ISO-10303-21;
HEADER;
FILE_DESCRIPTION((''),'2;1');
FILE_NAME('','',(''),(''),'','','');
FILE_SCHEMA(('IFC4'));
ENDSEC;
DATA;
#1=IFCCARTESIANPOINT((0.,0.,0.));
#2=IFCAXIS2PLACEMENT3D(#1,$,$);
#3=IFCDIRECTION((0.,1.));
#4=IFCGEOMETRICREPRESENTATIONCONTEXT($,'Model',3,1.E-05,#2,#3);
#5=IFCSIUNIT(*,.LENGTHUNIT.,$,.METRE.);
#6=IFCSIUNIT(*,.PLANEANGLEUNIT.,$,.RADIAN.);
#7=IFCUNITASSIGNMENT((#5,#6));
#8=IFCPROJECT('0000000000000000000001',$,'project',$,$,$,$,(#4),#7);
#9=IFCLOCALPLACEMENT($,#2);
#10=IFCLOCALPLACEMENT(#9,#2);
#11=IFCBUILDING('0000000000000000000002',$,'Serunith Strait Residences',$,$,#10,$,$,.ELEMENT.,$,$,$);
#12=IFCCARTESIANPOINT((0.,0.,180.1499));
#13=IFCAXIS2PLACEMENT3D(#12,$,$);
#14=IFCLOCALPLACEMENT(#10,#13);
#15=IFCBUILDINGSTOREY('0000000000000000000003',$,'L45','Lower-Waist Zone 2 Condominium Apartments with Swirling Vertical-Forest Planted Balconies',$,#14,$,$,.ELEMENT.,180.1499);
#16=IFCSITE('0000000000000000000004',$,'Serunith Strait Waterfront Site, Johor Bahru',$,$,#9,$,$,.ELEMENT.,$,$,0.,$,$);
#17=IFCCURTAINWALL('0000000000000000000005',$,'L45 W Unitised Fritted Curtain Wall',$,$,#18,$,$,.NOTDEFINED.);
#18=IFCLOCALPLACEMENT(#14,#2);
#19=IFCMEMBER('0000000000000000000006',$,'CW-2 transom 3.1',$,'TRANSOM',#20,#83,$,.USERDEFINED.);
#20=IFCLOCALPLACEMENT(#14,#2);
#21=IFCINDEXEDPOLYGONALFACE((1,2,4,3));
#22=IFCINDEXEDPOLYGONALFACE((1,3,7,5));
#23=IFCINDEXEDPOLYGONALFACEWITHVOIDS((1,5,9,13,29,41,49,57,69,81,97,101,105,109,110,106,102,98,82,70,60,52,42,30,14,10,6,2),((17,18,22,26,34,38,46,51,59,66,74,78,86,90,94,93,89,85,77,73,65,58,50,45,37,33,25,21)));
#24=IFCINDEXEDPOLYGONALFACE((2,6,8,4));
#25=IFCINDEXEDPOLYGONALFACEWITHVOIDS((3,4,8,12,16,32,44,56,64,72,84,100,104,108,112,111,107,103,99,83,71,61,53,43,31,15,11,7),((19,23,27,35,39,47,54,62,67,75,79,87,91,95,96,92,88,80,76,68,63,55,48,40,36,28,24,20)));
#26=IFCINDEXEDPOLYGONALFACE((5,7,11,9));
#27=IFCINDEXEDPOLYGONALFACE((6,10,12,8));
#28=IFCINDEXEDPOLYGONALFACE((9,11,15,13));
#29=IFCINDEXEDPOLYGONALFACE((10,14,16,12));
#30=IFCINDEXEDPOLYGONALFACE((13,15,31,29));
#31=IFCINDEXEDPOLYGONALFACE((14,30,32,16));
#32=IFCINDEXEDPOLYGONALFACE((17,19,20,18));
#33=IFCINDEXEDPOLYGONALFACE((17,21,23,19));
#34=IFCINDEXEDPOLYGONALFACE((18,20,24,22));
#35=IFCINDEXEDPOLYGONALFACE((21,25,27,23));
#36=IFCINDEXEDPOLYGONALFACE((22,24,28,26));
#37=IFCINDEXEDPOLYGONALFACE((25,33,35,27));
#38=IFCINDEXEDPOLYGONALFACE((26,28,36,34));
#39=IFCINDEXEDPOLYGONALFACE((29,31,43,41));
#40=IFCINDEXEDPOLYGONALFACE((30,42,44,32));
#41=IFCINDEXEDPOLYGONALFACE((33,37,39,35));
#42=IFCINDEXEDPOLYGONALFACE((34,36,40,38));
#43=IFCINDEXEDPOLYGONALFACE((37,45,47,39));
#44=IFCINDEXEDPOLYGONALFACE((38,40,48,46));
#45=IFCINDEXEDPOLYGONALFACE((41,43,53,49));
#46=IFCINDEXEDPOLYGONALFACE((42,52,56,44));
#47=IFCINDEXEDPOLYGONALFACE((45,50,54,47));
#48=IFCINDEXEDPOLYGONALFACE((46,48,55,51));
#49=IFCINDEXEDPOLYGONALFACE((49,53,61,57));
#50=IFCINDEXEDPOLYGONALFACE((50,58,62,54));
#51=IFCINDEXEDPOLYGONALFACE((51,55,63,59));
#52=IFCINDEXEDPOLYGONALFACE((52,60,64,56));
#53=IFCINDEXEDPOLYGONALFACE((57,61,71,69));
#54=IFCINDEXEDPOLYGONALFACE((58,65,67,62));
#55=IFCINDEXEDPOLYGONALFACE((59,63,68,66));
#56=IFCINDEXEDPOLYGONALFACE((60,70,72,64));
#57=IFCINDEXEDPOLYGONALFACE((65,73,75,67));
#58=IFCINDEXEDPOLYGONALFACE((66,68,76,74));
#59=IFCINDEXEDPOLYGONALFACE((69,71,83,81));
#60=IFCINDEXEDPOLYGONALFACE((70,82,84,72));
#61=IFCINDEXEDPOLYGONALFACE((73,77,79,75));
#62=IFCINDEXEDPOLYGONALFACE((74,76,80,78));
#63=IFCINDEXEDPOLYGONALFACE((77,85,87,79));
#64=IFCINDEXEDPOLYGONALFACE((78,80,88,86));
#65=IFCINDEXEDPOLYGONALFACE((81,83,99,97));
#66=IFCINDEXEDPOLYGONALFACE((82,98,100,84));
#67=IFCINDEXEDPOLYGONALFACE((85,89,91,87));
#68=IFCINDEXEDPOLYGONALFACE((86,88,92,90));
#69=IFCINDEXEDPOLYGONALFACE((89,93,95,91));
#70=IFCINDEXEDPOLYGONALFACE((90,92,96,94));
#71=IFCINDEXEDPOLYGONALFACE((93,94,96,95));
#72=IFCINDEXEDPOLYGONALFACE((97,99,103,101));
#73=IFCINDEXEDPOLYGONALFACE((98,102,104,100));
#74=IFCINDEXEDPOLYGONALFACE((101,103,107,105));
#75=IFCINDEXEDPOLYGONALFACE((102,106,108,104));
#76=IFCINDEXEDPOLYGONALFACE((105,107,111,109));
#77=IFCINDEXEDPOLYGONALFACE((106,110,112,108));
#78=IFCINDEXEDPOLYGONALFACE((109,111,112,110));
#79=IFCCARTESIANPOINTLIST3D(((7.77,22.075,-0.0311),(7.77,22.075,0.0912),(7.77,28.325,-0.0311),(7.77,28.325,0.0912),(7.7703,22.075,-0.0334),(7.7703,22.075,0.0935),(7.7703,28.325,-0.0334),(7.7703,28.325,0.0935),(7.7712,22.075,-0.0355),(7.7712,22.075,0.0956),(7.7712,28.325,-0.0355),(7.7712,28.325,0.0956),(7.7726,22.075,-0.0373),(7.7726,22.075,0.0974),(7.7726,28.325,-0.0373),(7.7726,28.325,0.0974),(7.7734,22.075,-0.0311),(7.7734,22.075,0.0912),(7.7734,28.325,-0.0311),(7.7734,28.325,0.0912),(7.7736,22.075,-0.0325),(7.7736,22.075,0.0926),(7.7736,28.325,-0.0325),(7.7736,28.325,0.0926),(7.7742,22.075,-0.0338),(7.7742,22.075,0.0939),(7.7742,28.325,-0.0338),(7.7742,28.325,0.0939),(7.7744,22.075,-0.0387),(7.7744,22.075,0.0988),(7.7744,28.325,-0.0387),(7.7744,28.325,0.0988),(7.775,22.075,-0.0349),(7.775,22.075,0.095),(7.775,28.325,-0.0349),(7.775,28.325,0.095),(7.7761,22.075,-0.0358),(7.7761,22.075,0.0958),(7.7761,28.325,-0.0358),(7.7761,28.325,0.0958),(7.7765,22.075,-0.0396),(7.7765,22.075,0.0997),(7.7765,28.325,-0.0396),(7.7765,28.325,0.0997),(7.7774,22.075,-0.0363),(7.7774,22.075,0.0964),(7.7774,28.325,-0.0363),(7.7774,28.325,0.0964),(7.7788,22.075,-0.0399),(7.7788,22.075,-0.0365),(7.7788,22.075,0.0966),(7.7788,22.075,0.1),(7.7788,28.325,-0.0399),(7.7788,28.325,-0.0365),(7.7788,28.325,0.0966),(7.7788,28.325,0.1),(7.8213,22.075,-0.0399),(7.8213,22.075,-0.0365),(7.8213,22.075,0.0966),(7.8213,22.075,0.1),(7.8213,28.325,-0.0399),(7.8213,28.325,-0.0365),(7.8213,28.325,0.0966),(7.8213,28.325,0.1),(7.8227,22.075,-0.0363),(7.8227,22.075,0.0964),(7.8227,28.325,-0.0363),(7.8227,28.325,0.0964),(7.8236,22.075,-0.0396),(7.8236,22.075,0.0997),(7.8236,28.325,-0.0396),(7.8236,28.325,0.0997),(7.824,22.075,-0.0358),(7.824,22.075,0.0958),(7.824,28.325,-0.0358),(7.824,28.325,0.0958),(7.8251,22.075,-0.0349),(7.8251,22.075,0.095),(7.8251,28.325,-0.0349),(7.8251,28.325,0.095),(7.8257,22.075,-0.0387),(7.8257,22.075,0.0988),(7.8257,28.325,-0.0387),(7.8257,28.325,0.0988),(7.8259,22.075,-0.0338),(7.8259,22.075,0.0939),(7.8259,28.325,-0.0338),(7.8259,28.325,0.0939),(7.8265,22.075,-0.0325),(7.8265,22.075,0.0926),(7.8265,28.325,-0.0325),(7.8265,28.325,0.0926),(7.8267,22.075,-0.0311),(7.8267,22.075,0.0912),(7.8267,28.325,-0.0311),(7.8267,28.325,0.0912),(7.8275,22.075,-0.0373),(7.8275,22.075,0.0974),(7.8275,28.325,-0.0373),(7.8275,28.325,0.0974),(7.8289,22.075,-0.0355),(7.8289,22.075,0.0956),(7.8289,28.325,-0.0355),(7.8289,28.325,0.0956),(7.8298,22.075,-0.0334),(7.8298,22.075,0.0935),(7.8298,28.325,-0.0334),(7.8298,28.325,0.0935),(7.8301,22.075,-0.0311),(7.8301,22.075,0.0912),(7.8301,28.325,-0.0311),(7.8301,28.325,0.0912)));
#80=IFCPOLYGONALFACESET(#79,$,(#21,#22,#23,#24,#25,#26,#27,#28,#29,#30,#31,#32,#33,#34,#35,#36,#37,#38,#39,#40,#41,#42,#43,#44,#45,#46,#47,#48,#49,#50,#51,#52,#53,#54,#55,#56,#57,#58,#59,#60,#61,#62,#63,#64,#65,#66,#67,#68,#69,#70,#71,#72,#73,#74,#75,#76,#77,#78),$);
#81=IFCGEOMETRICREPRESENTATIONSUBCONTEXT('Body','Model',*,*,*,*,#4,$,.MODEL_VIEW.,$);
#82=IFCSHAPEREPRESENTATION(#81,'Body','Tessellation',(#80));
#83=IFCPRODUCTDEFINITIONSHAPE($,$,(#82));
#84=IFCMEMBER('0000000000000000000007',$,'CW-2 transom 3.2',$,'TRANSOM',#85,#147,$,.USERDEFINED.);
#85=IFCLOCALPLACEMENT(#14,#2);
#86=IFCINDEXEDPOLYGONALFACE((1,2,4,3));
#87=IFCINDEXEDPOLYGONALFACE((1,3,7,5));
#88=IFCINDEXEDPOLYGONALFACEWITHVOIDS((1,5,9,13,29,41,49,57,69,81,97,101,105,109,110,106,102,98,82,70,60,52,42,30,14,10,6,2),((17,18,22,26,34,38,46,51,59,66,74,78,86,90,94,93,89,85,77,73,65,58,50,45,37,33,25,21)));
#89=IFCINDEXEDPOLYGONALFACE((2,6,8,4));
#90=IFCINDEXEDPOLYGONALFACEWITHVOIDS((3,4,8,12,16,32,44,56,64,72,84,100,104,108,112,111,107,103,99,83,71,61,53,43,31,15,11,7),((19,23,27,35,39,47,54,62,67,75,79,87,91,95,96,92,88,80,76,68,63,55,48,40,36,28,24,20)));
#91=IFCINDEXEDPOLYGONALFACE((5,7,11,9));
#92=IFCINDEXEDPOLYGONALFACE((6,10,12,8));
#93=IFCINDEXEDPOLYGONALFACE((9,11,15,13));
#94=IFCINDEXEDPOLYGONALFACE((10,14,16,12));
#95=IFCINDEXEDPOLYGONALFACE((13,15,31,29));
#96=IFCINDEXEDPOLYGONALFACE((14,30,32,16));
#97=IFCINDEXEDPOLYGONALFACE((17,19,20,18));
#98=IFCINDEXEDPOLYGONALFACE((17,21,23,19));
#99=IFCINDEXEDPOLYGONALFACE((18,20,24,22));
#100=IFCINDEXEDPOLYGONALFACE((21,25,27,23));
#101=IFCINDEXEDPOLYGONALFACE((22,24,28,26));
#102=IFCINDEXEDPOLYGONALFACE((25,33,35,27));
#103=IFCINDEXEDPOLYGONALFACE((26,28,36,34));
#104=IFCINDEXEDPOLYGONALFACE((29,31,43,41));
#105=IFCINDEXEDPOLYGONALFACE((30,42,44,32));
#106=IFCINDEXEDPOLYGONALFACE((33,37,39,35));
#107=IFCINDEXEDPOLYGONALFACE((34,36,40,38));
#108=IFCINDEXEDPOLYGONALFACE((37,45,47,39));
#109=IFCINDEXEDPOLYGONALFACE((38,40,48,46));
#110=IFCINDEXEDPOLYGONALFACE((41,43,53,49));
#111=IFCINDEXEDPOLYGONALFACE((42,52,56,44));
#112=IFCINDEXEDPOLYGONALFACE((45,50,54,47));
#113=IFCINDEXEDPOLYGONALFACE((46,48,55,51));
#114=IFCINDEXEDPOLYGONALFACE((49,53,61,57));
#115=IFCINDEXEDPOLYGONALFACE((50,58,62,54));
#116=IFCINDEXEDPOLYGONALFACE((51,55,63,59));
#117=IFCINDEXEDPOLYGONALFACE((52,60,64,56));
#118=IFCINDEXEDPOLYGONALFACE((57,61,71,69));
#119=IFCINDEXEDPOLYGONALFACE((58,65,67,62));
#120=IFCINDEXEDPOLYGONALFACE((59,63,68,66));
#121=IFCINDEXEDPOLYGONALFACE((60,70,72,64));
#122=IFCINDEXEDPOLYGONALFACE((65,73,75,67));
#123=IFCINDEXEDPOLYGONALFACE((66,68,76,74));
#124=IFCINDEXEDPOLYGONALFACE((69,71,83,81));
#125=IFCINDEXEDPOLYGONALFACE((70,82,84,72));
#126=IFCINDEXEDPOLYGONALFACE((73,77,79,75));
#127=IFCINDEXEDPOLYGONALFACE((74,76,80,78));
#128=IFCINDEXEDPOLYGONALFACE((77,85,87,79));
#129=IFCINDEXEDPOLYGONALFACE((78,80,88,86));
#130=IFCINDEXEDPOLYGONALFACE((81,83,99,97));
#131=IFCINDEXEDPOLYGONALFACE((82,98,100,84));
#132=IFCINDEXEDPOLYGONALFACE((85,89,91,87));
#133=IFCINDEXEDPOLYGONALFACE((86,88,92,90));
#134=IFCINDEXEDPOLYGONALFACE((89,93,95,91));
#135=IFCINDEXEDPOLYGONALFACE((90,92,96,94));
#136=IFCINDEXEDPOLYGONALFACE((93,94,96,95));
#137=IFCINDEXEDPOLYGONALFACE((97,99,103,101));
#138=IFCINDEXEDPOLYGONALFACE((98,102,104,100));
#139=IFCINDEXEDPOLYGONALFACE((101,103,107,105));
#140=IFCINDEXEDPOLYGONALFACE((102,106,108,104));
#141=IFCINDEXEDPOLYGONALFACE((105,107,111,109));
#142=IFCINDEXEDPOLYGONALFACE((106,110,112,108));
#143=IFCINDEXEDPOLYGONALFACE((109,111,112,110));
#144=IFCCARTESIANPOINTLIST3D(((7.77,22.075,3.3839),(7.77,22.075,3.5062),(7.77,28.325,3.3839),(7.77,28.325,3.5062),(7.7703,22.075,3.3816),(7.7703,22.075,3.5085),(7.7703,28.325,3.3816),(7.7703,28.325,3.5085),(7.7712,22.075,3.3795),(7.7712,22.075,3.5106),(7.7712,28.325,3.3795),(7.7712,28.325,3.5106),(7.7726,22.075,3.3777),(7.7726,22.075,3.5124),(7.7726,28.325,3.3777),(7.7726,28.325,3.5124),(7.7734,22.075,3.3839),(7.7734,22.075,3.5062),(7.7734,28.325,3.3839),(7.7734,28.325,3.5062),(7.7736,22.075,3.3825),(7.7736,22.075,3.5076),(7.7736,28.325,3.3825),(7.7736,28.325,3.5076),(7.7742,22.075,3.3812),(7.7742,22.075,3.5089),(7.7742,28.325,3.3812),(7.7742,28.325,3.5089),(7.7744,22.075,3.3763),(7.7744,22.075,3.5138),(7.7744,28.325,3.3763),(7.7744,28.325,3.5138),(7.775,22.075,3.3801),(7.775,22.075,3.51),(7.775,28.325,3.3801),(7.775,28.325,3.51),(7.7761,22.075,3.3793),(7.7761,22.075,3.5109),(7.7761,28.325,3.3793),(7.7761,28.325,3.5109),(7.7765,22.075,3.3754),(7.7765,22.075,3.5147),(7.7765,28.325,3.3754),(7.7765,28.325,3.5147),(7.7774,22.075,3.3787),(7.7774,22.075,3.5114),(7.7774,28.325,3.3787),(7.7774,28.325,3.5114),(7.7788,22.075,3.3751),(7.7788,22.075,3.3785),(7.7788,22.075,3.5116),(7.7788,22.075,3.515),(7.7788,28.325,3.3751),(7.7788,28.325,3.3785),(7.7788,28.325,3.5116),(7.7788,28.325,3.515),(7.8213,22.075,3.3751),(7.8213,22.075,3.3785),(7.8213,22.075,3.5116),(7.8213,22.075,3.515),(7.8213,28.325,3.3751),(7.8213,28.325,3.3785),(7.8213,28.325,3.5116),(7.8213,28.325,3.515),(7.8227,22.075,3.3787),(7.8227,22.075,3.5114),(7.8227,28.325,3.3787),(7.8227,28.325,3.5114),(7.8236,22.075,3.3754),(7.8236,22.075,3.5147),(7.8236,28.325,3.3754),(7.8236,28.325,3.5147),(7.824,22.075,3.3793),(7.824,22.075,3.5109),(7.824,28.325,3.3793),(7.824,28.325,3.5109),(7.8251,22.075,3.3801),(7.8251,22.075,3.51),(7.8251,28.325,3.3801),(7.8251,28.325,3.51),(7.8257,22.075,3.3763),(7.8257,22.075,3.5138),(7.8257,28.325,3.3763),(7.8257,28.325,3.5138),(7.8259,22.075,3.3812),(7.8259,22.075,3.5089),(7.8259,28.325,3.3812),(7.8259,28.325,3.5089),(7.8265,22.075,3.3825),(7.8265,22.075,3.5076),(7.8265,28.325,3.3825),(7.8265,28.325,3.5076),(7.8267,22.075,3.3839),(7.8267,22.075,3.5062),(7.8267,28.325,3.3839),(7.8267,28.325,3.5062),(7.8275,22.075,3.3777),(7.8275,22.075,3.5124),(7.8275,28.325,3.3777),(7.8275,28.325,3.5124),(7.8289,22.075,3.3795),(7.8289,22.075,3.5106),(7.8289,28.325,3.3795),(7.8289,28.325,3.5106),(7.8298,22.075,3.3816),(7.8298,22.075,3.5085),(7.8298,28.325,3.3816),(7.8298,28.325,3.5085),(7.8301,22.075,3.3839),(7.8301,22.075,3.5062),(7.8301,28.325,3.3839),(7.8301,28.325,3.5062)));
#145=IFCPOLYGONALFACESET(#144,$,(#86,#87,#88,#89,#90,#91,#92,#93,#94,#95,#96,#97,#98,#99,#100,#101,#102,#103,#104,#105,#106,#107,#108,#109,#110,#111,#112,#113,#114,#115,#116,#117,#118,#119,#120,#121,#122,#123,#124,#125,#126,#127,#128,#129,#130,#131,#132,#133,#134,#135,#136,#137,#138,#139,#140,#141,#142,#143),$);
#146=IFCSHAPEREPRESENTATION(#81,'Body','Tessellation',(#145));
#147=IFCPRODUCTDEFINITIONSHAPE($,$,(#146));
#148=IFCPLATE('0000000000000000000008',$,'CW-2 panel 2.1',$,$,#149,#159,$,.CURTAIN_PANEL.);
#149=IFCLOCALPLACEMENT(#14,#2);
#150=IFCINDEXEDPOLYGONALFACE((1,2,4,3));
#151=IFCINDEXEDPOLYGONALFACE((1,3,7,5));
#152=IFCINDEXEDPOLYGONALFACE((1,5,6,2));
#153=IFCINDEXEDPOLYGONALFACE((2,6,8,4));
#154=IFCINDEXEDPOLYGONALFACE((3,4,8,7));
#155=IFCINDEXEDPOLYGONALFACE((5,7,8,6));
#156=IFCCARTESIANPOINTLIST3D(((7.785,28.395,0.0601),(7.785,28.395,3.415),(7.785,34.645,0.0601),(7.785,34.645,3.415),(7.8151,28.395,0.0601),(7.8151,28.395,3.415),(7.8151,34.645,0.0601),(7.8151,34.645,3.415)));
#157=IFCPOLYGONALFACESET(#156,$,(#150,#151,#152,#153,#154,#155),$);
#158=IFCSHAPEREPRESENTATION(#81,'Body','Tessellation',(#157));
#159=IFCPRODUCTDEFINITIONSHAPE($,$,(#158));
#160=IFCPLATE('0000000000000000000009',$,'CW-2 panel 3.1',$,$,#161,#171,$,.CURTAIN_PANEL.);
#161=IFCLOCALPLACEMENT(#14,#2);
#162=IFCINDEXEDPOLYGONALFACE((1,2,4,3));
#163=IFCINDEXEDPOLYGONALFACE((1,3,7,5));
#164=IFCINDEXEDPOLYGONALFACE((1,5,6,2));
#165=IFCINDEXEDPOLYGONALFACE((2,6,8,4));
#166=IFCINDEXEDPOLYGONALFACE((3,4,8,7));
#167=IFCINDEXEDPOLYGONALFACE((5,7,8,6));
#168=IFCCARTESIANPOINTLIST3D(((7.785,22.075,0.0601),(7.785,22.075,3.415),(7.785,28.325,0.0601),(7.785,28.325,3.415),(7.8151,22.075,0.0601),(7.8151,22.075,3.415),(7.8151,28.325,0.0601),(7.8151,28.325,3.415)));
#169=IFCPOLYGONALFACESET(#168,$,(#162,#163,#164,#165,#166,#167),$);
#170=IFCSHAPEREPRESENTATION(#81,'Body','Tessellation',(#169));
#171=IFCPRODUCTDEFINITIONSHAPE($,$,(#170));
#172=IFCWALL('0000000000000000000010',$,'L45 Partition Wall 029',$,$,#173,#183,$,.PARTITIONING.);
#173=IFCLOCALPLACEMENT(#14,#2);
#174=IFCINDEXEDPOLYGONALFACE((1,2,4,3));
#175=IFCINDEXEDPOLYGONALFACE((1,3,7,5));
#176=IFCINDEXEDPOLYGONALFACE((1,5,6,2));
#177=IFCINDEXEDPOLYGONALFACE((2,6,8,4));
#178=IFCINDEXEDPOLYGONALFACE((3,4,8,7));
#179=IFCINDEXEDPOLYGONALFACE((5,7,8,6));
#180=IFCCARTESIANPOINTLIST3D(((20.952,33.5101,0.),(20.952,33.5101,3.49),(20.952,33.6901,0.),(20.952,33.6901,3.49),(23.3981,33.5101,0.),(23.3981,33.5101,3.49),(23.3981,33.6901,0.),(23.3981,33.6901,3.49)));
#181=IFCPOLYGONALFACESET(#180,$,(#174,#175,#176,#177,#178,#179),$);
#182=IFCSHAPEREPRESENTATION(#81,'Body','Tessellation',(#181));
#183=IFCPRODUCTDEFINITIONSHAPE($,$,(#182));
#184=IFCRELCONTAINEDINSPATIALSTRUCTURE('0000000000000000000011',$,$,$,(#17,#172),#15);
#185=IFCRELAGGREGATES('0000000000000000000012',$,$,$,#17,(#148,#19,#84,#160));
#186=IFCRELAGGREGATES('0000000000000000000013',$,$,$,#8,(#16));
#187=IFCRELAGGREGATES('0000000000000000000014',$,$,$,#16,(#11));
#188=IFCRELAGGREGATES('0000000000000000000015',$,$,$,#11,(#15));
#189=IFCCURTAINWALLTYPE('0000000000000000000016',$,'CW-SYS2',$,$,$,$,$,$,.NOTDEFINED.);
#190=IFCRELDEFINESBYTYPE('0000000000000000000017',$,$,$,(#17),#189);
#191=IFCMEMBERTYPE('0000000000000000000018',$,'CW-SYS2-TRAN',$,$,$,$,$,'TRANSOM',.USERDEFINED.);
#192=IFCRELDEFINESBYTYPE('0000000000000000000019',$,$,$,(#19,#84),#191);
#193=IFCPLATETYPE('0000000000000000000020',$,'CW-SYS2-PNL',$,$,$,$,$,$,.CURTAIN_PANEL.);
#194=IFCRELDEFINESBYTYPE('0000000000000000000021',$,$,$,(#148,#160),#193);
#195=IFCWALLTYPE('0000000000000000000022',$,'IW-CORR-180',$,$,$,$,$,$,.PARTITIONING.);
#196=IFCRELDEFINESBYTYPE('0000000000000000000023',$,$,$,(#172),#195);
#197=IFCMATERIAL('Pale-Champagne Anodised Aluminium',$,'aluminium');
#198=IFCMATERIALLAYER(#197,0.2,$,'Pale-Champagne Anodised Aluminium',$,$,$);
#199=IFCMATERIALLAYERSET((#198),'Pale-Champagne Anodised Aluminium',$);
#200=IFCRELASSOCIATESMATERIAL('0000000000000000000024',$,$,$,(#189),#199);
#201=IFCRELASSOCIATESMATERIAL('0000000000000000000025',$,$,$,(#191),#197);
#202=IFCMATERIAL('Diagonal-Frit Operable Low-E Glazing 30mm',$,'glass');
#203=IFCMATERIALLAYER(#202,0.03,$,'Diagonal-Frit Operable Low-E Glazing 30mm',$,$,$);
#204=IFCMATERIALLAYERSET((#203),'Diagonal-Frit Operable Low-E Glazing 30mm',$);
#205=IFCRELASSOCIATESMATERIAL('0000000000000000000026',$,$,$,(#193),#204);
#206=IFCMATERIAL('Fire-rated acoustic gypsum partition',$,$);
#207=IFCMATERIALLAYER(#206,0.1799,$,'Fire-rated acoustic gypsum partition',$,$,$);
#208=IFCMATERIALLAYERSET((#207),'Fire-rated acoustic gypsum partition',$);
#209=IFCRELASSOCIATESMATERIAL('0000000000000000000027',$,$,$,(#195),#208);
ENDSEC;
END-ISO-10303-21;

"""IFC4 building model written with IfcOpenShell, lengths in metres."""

from ifc_helpers import new_model, si_unit, direction, frame, frame_2d, origin, origin_2d, place, context, subcontext, project, spatial, rectangle, hollow_rectangle, extrude, source, transform, mapped, material, layer, layer_set, material_profile, profile_set, type_object, element, aggregate, save


model = new_model("IFC4")

# Units and contexts
model_context = context("Model", 3, precision=1e-05, world=origin(), true_north=direction((0.0, 1.0)))
body_context = subcontext(model_context, "Body", "Model", "MODEL_VIEW")
ifc_project = project(units=[si_unit("LENGTHUNIT", "METRE"), si_unit("PLANEANGLEUNIT", "RADIAN")], contexts=[model_context])

# Site, building, storey
site_placement = place(None, origin())
site = spatial("IfcSite", under=ifc_project, at=site_placement, Name="Serunith Strait Waterfront Site, Johor Bahru", CompositionType="ELEMENT", RefElevation=0.0)
building_placement = place(site_placement, origin())
building = spatial("IfcBuilding", under=site, at=building_placement, Name="Serunith Strait Residences", CompositionType="ELEMENT")
storey_placement = place(building_placement, frame((0.0, 0.0, 180.1499)))
storey = spatial("IfcBuildingStorey", under=building, at=storey_placement, Name="L45", Description="Lower-Waist Zone 2 Condominium Apartments with Swirling Vertical-Forest Planted Balconies", CompositionType="ELEMENT", Elevation=180.1499)

# Curtain wall, members, plates
ifc_material_1 = material(Name="Pale-Champagne Anodised Aluminium", Category="aluminium")
ifc_layer_1 = layer(ifc_material_1, 0.2, Name="Pale-Champagne Anodised Aluminium")
ifc_layer_set_1 = layer_set([ifc_layer_1], Name="Pale-Champagne Anodised Aluminium")
curtain_wall_type = type_object("IfcCurtainWallType", Name="CW-SYS2", PredefinedType="NOTDEFINED", material=ifc_layer_set_1)
curtain_wall_placement = place(storey_placement, origin())
curtain_wall = element("IfcCurtainWall", 1, at=curtain_wall_placement, inside=storey, type_object=curtain_wall_type, Name="L45 W Unitised Fritted Curtain Wall", PredefinedType="NOTDEFINED")
ifc_material_profile_1 = material_profile(ifc_material_1, hollow_rectangle(XDim=0.0601, YDim=0.1399, WallThickness=0.0034, InnerFilletRadius=0.0054, OuterFilletRadius=0.0088, at=origin_2d()), Name="ALU 140x60x3.5")
ifc_profile_set_1 = profile_set([ifc_material_profile_1], Name="Pale-Champagne Anodised Aluminium")
member_type_1 = type_object("IfcMemberType", Name="CW-SYS2-TRAN", ElementType="TRANSOM", PredefinedType="USERDEFINED", material=ifc_profile_set_1)
shared_shape_1 = source(origin(), body_context, "Body", "SweptSolid", [
    extrude(hollow_rectangle(XDim=0.0601, YDim=0.1399, WallThickness=0.0034, InnerFilletRadius=0.0054, OuterFilletRadius=0.0088, at=origin_2d()), origin(), (0.0, 0.0, 1.0), 6.25),
])
member_1_placement = place(storey_placement, frame((7.8, 28.325, 0.03), z_axis=(0.0, -1.0, 0.0), x_axis=(1.0, 0.0, 0.0)))
member_1 = element("IfcMember", 2, at=member_1_placement, type_object=member_type_1, Name="CW-2 transom 3.1", ObjectType="TRANSOM", PredefinedType="USERDEFINED", context=body_context, shape_type="MappedRepresentation", body=[
    mapped(shared_shape_1, transform((0.0, 0.0, 0.0), scale=1.0)),
])
member_2_placement = place(storey_placement, frame((7.8, 28.325, 3.4451), z_axis=(0.0, -1.0, 0.0), x_axis=(1.0, 0.0, 0.0)))
member_2 = element("IfcMember", 3, at=member_2_placement, type_object=member_type_1, Name="CW-2 transom 3.2", ObjectType="TRANSOM", PredefinedType="USERDEFINED", context=body_context, shape_type="MappedRepresentation", body=[
    mapped(shared_shape_1, transform((0.0, 0.0, 0.0), scale=1.0)),
])
ifc_material_2 = material(Name="Diagonal-Frit Operable Low-E Glazing 30mm", Category="glass")
ifc_layer_2 = layer(ifc_material_2, 0.03, Name="Diagonal-Frit Operable Low-E Glazing 30mm")
ifc_layer_set_2 = layer_set([ifc_layer_2], Name="Diagonal-Frit Operable Low-E Glazing 30mm")
plate_type = type_object("IfcPlateType", Name="CW-SYS2-PNL", PredefinedType="CURTAIN_PANEL", material=ifc_layer_set_2)
shared_shape_2 = source(origin(), body_context, "Body", "SweptSolid", [
    extrude(rectangle(XDim=6.25, YDim=0.03, at=origin_2d()), origin(), (0.0, 0.0, 1.0), 3.355),
])
plate_1_placement = place(storey_placement, frame((7.8, 31.52, 0.0601), z_axis=(0.0, 0.0, 1.0), x_axis=(0.0, -1.0, 0.0)))
plate_1 = element("IfcPlate", 4, at=plate_1_placement, type_object=plate_type, Name="CW-2 panel 2.1", PredefinedType="CURTAIN_PANEL", context=body_context, shape_type="MappedRepresentation", body=[
    mapped(shared_shape_2, transform((0.0, 0.0, 0.0), scale=1.0)),
])
plate_2_placement = place(storey_placement, frame((7.8, 25.2, 0.0601), z_axis=(0.0, 0.0, 1.0), x_axis=(0.0, -1.0, 0.0)))
plate_2 = element("IfcPlate", 5, at=plate_2_placement, type_object=plate_type, Name="CW-2 panel 3.1", PredefinedType="CURTAIN_PANEL", context=body_context, shape_type="MappedRepresentation", body=[
    mapped(shared_shape_2, transform((0.0, 0.0, 0.0), scale=1.0)),
])
aggregate(curtain_wall, [plate_1, member_1, member_2, plate_2])

# Wall
ifc_material_3 = material(Name="Fire-rated acoustic gypsum partition")
ifc_layer_3 = layer(ifc_material_3, 0.1799, Name="Fire-rated acoustic gypsum partition")
ifc_layer_set_3 = layer_set([ifc_layer_3], Name="Fire-rated acoustic gypsum partition")
wall_type_1 = type_object("IfcWallType", Name="IW-CORR-180", PredefinedType="PARTITIONING", material=ifc_layer_set_3)
wall_1_placement = place(storey_placement, frame((20.9519, 33.6001, 0.0), z_axis=(0.0, 0.0, 1.0), x_axis=(1.0, 0.0, 0.0)))
element("IfcWall", 6, at=wall_1_placement, inside=storey, type_object=wall_type_1, Name="L45 Partition Wall 029", PredefinedType="PARTITIONING", context=body_context, shape_type="SweptSolid", body=[
    extrude(rectangle(XDim=2.446, YDim=0.1799, at=frame_2d((1.2231, 0.0))), origin(), (0.0, 0.0, 1.0), 3.49),
])

save(model, "model.ifc")
